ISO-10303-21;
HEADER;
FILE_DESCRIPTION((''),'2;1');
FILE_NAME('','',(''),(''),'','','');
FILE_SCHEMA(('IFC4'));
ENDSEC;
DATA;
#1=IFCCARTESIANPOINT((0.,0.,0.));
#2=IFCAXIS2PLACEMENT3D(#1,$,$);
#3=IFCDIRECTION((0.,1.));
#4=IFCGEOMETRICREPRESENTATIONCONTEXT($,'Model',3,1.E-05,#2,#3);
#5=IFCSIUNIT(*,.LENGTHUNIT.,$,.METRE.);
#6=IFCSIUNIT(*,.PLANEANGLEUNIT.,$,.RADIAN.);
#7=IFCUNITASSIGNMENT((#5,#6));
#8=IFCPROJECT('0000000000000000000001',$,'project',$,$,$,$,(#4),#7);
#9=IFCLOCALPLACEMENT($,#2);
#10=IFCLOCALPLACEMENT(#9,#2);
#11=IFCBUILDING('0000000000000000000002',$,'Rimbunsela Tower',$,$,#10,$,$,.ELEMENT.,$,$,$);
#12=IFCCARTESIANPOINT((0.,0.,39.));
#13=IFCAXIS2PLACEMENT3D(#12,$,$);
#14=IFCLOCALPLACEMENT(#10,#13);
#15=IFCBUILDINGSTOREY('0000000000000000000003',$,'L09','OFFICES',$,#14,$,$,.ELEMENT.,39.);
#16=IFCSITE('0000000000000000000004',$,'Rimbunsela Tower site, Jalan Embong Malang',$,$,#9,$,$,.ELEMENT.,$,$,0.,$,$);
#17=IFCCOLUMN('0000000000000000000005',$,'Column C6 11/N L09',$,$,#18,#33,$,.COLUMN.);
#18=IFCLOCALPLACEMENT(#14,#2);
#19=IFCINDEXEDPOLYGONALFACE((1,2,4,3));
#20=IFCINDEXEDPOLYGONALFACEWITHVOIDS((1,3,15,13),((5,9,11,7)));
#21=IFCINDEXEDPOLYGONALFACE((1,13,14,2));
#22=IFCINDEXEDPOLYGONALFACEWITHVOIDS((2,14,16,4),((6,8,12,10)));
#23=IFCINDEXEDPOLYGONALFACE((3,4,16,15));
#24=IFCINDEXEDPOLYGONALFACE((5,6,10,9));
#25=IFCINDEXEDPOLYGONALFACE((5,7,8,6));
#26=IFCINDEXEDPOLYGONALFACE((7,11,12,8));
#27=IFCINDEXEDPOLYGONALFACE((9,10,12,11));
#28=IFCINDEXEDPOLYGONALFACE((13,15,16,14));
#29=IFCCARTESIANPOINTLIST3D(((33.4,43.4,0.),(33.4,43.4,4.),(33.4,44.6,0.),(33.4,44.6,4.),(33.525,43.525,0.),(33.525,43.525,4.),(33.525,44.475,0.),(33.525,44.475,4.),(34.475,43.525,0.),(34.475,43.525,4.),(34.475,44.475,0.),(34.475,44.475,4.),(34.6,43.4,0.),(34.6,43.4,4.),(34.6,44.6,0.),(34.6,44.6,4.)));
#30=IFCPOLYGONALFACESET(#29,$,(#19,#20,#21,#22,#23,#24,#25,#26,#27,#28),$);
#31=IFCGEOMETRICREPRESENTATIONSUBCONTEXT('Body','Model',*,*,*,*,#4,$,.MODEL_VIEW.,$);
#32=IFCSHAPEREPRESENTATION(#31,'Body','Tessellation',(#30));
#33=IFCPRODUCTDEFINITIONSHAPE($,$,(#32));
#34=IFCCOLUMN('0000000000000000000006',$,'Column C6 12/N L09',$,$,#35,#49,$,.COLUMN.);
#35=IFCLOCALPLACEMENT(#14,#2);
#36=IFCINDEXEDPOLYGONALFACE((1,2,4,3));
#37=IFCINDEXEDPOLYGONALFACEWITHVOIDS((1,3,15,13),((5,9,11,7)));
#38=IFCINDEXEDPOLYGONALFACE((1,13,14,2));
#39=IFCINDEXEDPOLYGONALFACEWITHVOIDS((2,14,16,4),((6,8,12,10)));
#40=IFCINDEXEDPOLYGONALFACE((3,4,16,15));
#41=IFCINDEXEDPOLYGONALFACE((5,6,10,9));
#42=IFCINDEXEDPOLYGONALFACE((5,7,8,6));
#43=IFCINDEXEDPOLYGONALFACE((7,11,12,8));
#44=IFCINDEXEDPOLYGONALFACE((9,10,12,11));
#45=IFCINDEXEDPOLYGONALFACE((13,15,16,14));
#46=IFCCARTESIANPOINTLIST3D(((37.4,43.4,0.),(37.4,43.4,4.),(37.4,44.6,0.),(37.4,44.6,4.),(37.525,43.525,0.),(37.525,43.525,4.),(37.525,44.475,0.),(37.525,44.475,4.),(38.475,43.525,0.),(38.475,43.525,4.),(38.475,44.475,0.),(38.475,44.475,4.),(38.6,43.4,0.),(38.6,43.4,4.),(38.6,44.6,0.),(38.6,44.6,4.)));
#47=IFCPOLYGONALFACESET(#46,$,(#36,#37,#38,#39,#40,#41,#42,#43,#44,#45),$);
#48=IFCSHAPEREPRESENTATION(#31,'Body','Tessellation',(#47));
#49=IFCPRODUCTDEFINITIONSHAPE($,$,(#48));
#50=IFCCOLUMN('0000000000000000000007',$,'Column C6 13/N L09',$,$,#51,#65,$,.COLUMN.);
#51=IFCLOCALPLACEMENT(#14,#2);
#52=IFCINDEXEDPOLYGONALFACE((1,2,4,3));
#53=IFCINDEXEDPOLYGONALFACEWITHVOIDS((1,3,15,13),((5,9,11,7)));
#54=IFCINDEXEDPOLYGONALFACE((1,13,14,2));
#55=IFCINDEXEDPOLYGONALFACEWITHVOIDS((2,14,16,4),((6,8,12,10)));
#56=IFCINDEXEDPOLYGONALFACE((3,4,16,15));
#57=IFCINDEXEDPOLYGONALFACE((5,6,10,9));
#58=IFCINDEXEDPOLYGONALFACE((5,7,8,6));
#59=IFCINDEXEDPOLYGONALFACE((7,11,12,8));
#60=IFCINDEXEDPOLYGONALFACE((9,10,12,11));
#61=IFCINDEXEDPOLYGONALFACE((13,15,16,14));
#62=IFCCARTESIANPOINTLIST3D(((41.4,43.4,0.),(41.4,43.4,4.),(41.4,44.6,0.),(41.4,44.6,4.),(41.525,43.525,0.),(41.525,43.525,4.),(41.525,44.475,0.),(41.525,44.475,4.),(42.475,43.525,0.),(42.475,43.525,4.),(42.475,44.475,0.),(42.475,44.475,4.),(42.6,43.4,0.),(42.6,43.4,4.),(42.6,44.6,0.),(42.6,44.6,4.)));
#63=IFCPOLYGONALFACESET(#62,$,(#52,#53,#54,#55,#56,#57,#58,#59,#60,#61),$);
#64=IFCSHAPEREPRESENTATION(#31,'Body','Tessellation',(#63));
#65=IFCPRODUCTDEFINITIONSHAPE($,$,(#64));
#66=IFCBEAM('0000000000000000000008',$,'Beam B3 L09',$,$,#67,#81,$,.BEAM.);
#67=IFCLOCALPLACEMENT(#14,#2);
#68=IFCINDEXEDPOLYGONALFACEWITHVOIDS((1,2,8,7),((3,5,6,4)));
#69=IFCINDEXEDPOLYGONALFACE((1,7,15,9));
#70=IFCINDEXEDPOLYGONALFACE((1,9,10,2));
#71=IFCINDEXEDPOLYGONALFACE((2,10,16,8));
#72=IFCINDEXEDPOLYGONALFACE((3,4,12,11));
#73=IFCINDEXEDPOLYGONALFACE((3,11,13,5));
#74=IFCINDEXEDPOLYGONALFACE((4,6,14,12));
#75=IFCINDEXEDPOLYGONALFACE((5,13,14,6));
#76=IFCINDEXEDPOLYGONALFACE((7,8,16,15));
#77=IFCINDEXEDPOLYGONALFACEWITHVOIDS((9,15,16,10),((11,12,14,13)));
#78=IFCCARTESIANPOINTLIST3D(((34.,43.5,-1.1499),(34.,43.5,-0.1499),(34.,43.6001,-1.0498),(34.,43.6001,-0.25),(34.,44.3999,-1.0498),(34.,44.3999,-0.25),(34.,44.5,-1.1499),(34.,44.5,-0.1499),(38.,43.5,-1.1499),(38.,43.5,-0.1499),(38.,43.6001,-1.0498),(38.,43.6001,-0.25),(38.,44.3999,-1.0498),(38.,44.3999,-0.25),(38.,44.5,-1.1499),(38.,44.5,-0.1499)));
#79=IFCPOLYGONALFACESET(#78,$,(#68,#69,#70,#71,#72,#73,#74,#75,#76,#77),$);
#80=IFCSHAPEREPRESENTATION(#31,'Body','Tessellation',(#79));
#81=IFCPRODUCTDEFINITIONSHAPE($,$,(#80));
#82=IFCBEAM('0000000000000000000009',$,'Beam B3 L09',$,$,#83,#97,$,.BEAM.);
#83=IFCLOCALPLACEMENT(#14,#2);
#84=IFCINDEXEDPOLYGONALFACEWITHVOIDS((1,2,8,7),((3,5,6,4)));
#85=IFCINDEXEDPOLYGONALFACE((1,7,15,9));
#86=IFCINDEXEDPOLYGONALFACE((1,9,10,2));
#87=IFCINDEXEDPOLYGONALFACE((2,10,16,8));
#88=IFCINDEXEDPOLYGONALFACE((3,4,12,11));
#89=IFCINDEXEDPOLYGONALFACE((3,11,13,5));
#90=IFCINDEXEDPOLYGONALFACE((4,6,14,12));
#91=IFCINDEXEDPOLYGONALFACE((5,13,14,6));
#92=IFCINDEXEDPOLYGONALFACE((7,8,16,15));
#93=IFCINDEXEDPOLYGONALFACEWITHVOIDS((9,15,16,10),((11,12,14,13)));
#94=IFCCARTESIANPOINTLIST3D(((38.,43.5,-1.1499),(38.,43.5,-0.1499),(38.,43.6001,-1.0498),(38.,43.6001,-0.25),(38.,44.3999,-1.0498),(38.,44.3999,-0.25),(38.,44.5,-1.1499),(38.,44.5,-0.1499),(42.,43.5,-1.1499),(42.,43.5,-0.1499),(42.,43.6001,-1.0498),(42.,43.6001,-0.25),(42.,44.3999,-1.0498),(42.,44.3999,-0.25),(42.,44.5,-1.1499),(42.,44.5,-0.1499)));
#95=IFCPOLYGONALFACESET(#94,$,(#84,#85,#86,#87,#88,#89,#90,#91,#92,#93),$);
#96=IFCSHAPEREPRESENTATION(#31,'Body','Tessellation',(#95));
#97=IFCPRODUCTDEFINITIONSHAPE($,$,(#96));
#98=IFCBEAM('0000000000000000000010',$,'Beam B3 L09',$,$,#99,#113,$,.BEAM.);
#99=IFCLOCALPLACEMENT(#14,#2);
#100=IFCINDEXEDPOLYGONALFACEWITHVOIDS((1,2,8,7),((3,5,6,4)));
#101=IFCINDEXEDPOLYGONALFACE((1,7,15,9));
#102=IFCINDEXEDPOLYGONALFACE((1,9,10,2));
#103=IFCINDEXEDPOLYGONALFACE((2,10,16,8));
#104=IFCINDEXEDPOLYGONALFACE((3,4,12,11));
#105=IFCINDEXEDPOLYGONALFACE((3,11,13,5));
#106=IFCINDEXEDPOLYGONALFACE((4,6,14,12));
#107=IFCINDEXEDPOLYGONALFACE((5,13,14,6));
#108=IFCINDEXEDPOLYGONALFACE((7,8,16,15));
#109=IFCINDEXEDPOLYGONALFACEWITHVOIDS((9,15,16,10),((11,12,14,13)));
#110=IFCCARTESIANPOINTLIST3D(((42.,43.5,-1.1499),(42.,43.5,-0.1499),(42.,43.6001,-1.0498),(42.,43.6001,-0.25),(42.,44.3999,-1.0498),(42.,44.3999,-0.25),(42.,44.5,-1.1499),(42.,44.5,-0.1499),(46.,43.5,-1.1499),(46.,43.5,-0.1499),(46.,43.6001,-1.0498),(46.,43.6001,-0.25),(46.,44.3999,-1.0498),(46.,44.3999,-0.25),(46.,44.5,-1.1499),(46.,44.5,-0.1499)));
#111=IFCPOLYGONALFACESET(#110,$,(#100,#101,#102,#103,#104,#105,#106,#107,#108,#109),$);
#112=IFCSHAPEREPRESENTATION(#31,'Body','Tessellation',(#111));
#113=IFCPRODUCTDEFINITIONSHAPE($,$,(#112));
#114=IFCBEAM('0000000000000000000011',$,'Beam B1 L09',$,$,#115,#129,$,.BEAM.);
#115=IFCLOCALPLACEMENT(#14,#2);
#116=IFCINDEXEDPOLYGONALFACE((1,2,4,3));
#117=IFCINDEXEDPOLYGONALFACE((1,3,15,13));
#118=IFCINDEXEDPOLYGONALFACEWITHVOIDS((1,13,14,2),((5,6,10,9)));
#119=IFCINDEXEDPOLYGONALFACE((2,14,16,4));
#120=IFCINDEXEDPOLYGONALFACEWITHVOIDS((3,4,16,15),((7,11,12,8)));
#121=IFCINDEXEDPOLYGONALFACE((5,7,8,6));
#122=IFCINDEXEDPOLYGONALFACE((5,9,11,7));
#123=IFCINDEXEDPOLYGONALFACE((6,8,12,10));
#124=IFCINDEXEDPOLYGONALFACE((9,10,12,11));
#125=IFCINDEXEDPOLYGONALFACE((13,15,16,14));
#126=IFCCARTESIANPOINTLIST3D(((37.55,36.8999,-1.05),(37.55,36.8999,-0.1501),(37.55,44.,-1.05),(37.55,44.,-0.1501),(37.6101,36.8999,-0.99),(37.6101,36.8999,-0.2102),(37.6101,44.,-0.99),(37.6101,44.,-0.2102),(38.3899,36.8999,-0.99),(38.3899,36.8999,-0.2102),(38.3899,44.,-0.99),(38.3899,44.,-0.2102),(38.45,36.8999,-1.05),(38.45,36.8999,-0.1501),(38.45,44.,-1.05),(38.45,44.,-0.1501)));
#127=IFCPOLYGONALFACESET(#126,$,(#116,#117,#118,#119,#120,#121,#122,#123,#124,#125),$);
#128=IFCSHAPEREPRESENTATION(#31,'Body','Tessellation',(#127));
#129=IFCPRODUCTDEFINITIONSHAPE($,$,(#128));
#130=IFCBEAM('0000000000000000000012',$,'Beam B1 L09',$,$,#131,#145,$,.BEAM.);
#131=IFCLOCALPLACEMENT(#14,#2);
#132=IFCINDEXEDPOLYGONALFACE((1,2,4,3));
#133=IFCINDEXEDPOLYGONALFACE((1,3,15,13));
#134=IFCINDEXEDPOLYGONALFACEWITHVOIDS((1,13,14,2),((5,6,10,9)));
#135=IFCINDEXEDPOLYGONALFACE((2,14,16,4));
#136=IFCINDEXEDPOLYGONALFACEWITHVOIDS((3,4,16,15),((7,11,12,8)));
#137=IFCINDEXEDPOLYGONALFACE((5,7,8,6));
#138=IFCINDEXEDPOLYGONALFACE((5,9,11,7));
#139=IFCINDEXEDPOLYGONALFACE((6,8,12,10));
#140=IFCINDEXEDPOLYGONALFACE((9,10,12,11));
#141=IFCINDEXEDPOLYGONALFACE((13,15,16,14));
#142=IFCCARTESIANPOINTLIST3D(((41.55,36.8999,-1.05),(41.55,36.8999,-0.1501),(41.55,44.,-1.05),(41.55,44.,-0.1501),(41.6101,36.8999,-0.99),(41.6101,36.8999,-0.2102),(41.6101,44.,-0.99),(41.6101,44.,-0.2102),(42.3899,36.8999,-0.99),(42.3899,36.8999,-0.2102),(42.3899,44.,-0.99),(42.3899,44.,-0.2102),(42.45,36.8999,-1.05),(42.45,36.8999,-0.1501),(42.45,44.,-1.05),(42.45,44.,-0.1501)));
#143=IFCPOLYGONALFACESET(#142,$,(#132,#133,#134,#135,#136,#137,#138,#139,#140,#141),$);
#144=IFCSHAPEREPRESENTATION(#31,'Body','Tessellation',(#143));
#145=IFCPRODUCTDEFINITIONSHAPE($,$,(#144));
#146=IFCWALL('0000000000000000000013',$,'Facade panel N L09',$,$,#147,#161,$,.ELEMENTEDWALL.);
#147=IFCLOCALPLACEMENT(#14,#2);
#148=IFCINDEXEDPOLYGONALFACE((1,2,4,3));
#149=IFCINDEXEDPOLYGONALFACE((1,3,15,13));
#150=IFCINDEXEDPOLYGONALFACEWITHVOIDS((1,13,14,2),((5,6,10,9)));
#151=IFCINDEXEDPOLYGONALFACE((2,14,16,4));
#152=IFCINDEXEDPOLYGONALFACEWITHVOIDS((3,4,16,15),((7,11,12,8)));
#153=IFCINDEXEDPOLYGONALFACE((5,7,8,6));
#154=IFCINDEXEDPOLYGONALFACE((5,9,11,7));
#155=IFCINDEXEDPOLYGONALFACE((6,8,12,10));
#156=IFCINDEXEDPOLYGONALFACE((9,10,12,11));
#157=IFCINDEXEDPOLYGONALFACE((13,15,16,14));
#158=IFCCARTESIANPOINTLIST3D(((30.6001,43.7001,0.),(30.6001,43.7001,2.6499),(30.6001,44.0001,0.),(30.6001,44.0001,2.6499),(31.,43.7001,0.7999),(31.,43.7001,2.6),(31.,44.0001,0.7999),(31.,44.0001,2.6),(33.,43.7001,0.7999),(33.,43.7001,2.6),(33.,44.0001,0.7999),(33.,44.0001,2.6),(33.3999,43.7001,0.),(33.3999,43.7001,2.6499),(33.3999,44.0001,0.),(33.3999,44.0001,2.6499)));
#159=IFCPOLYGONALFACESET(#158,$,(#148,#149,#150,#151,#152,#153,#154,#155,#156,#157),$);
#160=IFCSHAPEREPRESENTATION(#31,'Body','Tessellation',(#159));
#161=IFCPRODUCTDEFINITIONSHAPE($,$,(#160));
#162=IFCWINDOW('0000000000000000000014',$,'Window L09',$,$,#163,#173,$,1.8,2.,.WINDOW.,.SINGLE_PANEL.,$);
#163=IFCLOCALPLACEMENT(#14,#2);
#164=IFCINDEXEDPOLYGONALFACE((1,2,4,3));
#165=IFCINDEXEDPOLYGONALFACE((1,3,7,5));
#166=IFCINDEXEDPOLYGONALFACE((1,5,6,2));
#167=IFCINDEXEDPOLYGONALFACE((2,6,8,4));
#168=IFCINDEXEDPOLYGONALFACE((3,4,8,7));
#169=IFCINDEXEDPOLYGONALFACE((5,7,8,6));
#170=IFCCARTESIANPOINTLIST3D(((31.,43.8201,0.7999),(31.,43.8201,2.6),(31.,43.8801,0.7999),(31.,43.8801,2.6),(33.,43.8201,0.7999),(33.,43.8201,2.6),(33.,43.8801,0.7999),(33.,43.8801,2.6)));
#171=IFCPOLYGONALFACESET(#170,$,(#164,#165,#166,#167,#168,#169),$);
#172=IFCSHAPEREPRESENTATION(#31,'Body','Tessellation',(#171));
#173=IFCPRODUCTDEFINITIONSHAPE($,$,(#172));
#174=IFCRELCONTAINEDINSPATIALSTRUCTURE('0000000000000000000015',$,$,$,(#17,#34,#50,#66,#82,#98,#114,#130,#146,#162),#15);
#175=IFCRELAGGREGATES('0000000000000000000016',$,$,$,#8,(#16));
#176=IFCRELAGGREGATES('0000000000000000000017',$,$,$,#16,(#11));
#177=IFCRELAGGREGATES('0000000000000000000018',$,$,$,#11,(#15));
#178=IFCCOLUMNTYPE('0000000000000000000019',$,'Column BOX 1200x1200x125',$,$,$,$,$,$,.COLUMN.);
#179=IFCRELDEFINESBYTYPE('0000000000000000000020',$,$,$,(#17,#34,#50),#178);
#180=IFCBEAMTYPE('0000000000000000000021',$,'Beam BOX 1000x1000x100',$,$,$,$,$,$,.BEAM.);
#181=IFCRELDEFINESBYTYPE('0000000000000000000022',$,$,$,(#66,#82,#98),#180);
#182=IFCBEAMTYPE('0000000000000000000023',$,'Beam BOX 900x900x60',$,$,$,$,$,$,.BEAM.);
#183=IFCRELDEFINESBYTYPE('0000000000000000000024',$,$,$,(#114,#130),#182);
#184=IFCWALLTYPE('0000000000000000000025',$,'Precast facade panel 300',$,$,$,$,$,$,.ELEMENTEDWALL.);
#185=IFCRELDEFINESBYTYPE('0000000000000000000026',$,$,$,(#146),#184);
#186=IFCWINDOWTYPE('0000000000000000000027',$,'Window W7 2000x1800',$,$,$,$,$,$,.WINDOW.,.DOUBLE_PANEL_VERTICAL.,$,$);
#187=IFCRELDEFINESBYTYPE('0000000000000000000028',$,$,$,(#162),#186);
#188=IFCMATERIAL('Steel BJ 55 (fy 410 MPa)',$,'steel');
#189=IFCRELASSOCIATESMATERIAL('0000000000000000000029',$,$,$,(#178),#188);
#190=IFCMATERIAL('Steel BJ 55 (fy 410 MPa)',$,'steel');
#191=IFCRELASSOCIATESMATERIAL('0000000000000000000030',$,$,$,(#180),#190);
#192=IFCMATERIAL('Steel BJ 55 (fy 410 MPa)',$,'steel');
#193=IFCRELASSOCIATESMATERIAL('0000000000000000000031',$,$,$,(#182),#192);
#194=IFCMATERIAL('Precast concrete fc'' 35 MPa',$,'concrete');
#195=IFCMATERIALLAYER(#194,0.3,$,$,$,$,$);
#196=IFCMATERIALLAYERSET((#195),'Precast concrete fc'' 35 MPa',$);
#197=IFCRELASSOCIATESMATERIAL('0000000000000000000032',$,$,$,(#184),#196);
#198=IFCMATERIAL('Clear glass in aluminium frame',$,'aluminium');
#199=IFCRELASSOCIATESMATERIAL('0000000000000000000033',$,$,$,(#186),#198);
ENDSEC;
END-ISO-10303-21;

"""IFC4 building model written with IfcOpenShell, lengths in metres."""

from ifc_helpers import new_model, si_unit, direction, frame, frame_2d, origin, origin_2d, place, context, subcontext, project, spatial, rectangle, hollow_rectangle, extrude, material, layer, layer_set, material_profile, profile_set, type_object, element, fill, save


model = new_model("IFC4")

# Units and contexts
model_context = context("Model", 3, precision=1e-05, world=origin(), true_north=direction((0.0, 1.0)))
body_context = subcontext(model_context, "Body", "Model", "MODEL_VIEW")
ifc_project = project(units=[si_unit("LENGTHUNIT", "METRE"), si_unit("PLANEANGLEUNIT", "RADIAN")], contexts=[model_context])

# Site, building, storey
site_placement = place(None, origin())
site = spatial("IfcSite", under=ifc_project, at=site_placement, Name="Rimbunsela Tower site, Jalan Embong Malang", CompositionType="ELEMENT", RefElevation=0.0)
building_placement = place(site_placement, origin())
building = spatial("IfcBuilding", under=site, at=building_placement, Name="Rimbunsela Tower", CompositionType="ELEMENT")
storey_placement = place(building_placement, frame((0.0, 0.0, 39.0)))
storey = spatial("IfcBuildingStorey", under=building, at=storey_placement, Name="L09", Description="OFFICES", CompositionType="ELEMENT", Elevation=39.0)

# Columns
ifc_material_1 = material(Name="Steel BJ 55 (fy 410 MPa)", Category="steel")
ifc_material_profile_1 = material_profile(ifc_material_1, hollow_rectangle(XDim=1.2, YDim=1.2, WallThickness=0.125, at=origin_2d()), Name="BOX 1200x1200x125")
ifc_profile_set_1 = profile_set([ifc_material_profile_1], Name="Steel BJ 55 (fy 410 MPa)")
column_type = type_object("IfcColumnType", Name="Column BOX 1200x1200x125", PredefinedType="COLUMN", material=ifc_profile_set_1)
for number, where, z_axis, x_axis, name in (
    (1, (34.0, 44.0, 0.0), (0.0, 0.0, 1.0), (1.0, 0.0, 0.0), "Column C6 11/N L09"),
    (2, (38.0, 44.0, 0.0), (0.0, 0.0, 1.0), (1.0, 0.0, 0.0), "Column C6 12/N L09"),
    (3, (42.0, 44.0, 0.0), (0.0, 0.0, 1.0), (1.0, 0.0, 0.0), "Column C6 13/N L09"),
):
    element("IfcColumn", number, at=place(storey_placement, frame(where, z_axis=z_axis, x_axis=x_axis)), inside=storey, type_object=column_type, Name=name, PredefinedType="COLUMN", context=body_context, shape_type="SweptSolid", body=[
        extrude(hollow_rectangle(XDim=1.2, YDim=1.2, WallThickness=0.125, at=origin_2d()), origin(), (0.0, 0.0, 1.0), 4.0),
    ])

# Beams
ifc_material_2 = material(Name="Steel BJ 55 (fy 410 MPa)", Category="steel")
ifc_material_profile_2 = material_profile(ifc_material_2, hollow_rectangle(XDim=1.0, YDim=1.0, WallThickness=0.1001, at=origin_2d()), Name="BOX 1000x1000x100")
ifc_profile_set_2 = profile_set([ifc_material_profile_2], Name="Steel BJ 55 (fy 410 MPa)")
beam_type_1 = type_object("IfcBeamType", Name="Beam BOX 1000x1000x100", PredefinedType="BEAM", material=ifc_profile_set_2)
for number, where, z_axis, x_axis, name in (
    (4, (34.0, 44.0, -0.6499), (1.0, 0.0, 0.0), (0.0, 1.0, 0.0), "Beam B3 L09"),
    (5, (38.0, 44.0, -0.6499), (1.0, 0.0, 0.0), (0.0, 1.0, 0.0), "Beam B3 L09"),
    (6, (42.0, 44.0, -0.6499), (1.0, 0.0, 0.0), (0.0, 1.0, 0.0), "Beam B3 L09"),
):
    element("IfcBeam", number, at=place(storey_placement, frame(where, z_axis=z_axis, x_axis=x_axis)), inside=storey, type_object=beam_type_1, Name=name, PredefinedType="BEAM", context=body_context, shape_type="SweptSolid", body=[
        extrude(hollow_rectangle(XDim=1.0, YDim=1.0, WallThickness=0.1001, at=origin_2d()), origin(), (0.0, 0.0, 1.0), 4.0),
    ])
ifc_material_3 = material(Name="Steel BJ 55 (fy 410 MPa)", Category="steel")
ifc_material_profile_3 = material_profile(ifc_material_3, hollow_rectangle(XDim=0.8999, YDim=0.8999, WallThickness=0.0601, at=origin_2d()), Name="BOX 900x900x60")
ifc_profile_set_3 = profile_set([ifc_material_profile_3], Name="Steel BJ 55 (fy 410 MPa)")
beam_type_2 = type_object("IfcBeamType", Name="Beam BOX 900x900x60", PredefinedType="BEAM", material=ifc_profile_set_3)
for number, where, z_axis, x_axis, name in (
    (7, (38.0, 36.8999, -0.6001), (0.0, 1.0, 0.0), (-1.0, 0.0, 0.0), "Beam B1 L09"),
    (8, (42.0, 36.8999, -0.6001), (0.0, 1.0, 0.0), (-1.0, 0.0, 0.0), "Beam B1 L09"),
):
    element("IfcBeam", number, at=place(storey_placement, frame(where, z_axis=z_axis, x_axis=x_axis)), inside=storey, type_object=beam_type_2, Name=name, PredefinedType="BEAM", context=body_context, shape_type="SweptSolid", body=[
        extrude(hollow_rectangle(XDim=0.8999, YDim=0.8999, WallThickness=0.0601, at=origin_2d()), origin(), (0.0, 0.0, 1.0), 7.1001),
    ])

# Wall, opening, window
ifc_material_4 = material(Name="Precast concrete fc' 35 MPa", Category="concrete")
ifc_layer_1 = layer(ifc_material_4, 0.3)
ifc_layer_set_1 = layer_set([ifc_layer_1], Name="Precast concrete fc' 35 MPa")
wall_type_1 = type_object("IfcWallType", Name="Precast facade panel 300", PredefinedType="ELEMENTEDWALL", material=ifc_layer_set_1)
wall_1_placement = place(storey_placement, frame((33.3999, 43.8501, 0.0), z_axis=(0.0, 0.0, 1.0), x_axis=(-1.0, 0.0, 0.0)))
wall_1 = element("IfcWall", 9, at=wall_1_placement, inside=storey, type_object=wall_type_1, Name="Facade panel N L09", PredefinedType="ELEMENTEDWALL", context=body_context, shape_type="SweptSolid", body=[
    extrude(rectangle(XDim=2.7998, YDim=0.3, at=frame_2d((1.3999, 0.0))), origin(), (0.0, 0.0, 1.0), 2.6499),
])
opening_1_placement = place(wall_1_placement, frame((0.3999, 0.0, 0.8)))
opening_1 = element("IfcOpeningElement", 10, at=opening_1_placement, cuts=wall_1, PredefinedType="OPENING", context=body_context, shape_type="SweptSolid", body=[
    extrude(rectangle(XDim=2.0, YDim=1.8, at=frame_2d((1.0, 0.8999))), frame((0.0, 0.1599, 0.0), z_axis=(0.0, -1.0, 0.0), x_axis=(1.0, 0.0, 0.0)), (0.0, 0.0, 1.0), 0.3201),
])
ifc_material_5 = material(Name="Clear glass in aluminium frame", Category="aluminium")
window_type = type_object("IfcWindowType", Name="Window W7 2000x1800", PartitioningType="DOUBLE_PANEL_VERTICAL", PredefinedType="WINDOW", material=ifc_material_5)
window_1_placement = place(opening_1_placement, origin())
window_1 = element("IfcWindow", 11, at=window_1_placement, inside=storey, type_object=window_type, Name="Window L09", OverallHeight=1.8, OverallWidth=2.0, PartitioningType="SINGLE_PANEL", PredefinedType="WINDOW", context=body_context, shape_type="SweptSolid", body=[
    extrude(rectangle(XDim=2.0, YDim=1.8, at=frame_2d((1.0, 0.8999))), frame((0.0, 0.03, 0.0), z_axis=(0.0, -1.0, 0.0), x_axis=(1.0, 0.0, 0.0)), (0.0, 0.0, 1.0), 0.0601),
])
fill(opening_1, window_1)

save(model, "model.ifc")
